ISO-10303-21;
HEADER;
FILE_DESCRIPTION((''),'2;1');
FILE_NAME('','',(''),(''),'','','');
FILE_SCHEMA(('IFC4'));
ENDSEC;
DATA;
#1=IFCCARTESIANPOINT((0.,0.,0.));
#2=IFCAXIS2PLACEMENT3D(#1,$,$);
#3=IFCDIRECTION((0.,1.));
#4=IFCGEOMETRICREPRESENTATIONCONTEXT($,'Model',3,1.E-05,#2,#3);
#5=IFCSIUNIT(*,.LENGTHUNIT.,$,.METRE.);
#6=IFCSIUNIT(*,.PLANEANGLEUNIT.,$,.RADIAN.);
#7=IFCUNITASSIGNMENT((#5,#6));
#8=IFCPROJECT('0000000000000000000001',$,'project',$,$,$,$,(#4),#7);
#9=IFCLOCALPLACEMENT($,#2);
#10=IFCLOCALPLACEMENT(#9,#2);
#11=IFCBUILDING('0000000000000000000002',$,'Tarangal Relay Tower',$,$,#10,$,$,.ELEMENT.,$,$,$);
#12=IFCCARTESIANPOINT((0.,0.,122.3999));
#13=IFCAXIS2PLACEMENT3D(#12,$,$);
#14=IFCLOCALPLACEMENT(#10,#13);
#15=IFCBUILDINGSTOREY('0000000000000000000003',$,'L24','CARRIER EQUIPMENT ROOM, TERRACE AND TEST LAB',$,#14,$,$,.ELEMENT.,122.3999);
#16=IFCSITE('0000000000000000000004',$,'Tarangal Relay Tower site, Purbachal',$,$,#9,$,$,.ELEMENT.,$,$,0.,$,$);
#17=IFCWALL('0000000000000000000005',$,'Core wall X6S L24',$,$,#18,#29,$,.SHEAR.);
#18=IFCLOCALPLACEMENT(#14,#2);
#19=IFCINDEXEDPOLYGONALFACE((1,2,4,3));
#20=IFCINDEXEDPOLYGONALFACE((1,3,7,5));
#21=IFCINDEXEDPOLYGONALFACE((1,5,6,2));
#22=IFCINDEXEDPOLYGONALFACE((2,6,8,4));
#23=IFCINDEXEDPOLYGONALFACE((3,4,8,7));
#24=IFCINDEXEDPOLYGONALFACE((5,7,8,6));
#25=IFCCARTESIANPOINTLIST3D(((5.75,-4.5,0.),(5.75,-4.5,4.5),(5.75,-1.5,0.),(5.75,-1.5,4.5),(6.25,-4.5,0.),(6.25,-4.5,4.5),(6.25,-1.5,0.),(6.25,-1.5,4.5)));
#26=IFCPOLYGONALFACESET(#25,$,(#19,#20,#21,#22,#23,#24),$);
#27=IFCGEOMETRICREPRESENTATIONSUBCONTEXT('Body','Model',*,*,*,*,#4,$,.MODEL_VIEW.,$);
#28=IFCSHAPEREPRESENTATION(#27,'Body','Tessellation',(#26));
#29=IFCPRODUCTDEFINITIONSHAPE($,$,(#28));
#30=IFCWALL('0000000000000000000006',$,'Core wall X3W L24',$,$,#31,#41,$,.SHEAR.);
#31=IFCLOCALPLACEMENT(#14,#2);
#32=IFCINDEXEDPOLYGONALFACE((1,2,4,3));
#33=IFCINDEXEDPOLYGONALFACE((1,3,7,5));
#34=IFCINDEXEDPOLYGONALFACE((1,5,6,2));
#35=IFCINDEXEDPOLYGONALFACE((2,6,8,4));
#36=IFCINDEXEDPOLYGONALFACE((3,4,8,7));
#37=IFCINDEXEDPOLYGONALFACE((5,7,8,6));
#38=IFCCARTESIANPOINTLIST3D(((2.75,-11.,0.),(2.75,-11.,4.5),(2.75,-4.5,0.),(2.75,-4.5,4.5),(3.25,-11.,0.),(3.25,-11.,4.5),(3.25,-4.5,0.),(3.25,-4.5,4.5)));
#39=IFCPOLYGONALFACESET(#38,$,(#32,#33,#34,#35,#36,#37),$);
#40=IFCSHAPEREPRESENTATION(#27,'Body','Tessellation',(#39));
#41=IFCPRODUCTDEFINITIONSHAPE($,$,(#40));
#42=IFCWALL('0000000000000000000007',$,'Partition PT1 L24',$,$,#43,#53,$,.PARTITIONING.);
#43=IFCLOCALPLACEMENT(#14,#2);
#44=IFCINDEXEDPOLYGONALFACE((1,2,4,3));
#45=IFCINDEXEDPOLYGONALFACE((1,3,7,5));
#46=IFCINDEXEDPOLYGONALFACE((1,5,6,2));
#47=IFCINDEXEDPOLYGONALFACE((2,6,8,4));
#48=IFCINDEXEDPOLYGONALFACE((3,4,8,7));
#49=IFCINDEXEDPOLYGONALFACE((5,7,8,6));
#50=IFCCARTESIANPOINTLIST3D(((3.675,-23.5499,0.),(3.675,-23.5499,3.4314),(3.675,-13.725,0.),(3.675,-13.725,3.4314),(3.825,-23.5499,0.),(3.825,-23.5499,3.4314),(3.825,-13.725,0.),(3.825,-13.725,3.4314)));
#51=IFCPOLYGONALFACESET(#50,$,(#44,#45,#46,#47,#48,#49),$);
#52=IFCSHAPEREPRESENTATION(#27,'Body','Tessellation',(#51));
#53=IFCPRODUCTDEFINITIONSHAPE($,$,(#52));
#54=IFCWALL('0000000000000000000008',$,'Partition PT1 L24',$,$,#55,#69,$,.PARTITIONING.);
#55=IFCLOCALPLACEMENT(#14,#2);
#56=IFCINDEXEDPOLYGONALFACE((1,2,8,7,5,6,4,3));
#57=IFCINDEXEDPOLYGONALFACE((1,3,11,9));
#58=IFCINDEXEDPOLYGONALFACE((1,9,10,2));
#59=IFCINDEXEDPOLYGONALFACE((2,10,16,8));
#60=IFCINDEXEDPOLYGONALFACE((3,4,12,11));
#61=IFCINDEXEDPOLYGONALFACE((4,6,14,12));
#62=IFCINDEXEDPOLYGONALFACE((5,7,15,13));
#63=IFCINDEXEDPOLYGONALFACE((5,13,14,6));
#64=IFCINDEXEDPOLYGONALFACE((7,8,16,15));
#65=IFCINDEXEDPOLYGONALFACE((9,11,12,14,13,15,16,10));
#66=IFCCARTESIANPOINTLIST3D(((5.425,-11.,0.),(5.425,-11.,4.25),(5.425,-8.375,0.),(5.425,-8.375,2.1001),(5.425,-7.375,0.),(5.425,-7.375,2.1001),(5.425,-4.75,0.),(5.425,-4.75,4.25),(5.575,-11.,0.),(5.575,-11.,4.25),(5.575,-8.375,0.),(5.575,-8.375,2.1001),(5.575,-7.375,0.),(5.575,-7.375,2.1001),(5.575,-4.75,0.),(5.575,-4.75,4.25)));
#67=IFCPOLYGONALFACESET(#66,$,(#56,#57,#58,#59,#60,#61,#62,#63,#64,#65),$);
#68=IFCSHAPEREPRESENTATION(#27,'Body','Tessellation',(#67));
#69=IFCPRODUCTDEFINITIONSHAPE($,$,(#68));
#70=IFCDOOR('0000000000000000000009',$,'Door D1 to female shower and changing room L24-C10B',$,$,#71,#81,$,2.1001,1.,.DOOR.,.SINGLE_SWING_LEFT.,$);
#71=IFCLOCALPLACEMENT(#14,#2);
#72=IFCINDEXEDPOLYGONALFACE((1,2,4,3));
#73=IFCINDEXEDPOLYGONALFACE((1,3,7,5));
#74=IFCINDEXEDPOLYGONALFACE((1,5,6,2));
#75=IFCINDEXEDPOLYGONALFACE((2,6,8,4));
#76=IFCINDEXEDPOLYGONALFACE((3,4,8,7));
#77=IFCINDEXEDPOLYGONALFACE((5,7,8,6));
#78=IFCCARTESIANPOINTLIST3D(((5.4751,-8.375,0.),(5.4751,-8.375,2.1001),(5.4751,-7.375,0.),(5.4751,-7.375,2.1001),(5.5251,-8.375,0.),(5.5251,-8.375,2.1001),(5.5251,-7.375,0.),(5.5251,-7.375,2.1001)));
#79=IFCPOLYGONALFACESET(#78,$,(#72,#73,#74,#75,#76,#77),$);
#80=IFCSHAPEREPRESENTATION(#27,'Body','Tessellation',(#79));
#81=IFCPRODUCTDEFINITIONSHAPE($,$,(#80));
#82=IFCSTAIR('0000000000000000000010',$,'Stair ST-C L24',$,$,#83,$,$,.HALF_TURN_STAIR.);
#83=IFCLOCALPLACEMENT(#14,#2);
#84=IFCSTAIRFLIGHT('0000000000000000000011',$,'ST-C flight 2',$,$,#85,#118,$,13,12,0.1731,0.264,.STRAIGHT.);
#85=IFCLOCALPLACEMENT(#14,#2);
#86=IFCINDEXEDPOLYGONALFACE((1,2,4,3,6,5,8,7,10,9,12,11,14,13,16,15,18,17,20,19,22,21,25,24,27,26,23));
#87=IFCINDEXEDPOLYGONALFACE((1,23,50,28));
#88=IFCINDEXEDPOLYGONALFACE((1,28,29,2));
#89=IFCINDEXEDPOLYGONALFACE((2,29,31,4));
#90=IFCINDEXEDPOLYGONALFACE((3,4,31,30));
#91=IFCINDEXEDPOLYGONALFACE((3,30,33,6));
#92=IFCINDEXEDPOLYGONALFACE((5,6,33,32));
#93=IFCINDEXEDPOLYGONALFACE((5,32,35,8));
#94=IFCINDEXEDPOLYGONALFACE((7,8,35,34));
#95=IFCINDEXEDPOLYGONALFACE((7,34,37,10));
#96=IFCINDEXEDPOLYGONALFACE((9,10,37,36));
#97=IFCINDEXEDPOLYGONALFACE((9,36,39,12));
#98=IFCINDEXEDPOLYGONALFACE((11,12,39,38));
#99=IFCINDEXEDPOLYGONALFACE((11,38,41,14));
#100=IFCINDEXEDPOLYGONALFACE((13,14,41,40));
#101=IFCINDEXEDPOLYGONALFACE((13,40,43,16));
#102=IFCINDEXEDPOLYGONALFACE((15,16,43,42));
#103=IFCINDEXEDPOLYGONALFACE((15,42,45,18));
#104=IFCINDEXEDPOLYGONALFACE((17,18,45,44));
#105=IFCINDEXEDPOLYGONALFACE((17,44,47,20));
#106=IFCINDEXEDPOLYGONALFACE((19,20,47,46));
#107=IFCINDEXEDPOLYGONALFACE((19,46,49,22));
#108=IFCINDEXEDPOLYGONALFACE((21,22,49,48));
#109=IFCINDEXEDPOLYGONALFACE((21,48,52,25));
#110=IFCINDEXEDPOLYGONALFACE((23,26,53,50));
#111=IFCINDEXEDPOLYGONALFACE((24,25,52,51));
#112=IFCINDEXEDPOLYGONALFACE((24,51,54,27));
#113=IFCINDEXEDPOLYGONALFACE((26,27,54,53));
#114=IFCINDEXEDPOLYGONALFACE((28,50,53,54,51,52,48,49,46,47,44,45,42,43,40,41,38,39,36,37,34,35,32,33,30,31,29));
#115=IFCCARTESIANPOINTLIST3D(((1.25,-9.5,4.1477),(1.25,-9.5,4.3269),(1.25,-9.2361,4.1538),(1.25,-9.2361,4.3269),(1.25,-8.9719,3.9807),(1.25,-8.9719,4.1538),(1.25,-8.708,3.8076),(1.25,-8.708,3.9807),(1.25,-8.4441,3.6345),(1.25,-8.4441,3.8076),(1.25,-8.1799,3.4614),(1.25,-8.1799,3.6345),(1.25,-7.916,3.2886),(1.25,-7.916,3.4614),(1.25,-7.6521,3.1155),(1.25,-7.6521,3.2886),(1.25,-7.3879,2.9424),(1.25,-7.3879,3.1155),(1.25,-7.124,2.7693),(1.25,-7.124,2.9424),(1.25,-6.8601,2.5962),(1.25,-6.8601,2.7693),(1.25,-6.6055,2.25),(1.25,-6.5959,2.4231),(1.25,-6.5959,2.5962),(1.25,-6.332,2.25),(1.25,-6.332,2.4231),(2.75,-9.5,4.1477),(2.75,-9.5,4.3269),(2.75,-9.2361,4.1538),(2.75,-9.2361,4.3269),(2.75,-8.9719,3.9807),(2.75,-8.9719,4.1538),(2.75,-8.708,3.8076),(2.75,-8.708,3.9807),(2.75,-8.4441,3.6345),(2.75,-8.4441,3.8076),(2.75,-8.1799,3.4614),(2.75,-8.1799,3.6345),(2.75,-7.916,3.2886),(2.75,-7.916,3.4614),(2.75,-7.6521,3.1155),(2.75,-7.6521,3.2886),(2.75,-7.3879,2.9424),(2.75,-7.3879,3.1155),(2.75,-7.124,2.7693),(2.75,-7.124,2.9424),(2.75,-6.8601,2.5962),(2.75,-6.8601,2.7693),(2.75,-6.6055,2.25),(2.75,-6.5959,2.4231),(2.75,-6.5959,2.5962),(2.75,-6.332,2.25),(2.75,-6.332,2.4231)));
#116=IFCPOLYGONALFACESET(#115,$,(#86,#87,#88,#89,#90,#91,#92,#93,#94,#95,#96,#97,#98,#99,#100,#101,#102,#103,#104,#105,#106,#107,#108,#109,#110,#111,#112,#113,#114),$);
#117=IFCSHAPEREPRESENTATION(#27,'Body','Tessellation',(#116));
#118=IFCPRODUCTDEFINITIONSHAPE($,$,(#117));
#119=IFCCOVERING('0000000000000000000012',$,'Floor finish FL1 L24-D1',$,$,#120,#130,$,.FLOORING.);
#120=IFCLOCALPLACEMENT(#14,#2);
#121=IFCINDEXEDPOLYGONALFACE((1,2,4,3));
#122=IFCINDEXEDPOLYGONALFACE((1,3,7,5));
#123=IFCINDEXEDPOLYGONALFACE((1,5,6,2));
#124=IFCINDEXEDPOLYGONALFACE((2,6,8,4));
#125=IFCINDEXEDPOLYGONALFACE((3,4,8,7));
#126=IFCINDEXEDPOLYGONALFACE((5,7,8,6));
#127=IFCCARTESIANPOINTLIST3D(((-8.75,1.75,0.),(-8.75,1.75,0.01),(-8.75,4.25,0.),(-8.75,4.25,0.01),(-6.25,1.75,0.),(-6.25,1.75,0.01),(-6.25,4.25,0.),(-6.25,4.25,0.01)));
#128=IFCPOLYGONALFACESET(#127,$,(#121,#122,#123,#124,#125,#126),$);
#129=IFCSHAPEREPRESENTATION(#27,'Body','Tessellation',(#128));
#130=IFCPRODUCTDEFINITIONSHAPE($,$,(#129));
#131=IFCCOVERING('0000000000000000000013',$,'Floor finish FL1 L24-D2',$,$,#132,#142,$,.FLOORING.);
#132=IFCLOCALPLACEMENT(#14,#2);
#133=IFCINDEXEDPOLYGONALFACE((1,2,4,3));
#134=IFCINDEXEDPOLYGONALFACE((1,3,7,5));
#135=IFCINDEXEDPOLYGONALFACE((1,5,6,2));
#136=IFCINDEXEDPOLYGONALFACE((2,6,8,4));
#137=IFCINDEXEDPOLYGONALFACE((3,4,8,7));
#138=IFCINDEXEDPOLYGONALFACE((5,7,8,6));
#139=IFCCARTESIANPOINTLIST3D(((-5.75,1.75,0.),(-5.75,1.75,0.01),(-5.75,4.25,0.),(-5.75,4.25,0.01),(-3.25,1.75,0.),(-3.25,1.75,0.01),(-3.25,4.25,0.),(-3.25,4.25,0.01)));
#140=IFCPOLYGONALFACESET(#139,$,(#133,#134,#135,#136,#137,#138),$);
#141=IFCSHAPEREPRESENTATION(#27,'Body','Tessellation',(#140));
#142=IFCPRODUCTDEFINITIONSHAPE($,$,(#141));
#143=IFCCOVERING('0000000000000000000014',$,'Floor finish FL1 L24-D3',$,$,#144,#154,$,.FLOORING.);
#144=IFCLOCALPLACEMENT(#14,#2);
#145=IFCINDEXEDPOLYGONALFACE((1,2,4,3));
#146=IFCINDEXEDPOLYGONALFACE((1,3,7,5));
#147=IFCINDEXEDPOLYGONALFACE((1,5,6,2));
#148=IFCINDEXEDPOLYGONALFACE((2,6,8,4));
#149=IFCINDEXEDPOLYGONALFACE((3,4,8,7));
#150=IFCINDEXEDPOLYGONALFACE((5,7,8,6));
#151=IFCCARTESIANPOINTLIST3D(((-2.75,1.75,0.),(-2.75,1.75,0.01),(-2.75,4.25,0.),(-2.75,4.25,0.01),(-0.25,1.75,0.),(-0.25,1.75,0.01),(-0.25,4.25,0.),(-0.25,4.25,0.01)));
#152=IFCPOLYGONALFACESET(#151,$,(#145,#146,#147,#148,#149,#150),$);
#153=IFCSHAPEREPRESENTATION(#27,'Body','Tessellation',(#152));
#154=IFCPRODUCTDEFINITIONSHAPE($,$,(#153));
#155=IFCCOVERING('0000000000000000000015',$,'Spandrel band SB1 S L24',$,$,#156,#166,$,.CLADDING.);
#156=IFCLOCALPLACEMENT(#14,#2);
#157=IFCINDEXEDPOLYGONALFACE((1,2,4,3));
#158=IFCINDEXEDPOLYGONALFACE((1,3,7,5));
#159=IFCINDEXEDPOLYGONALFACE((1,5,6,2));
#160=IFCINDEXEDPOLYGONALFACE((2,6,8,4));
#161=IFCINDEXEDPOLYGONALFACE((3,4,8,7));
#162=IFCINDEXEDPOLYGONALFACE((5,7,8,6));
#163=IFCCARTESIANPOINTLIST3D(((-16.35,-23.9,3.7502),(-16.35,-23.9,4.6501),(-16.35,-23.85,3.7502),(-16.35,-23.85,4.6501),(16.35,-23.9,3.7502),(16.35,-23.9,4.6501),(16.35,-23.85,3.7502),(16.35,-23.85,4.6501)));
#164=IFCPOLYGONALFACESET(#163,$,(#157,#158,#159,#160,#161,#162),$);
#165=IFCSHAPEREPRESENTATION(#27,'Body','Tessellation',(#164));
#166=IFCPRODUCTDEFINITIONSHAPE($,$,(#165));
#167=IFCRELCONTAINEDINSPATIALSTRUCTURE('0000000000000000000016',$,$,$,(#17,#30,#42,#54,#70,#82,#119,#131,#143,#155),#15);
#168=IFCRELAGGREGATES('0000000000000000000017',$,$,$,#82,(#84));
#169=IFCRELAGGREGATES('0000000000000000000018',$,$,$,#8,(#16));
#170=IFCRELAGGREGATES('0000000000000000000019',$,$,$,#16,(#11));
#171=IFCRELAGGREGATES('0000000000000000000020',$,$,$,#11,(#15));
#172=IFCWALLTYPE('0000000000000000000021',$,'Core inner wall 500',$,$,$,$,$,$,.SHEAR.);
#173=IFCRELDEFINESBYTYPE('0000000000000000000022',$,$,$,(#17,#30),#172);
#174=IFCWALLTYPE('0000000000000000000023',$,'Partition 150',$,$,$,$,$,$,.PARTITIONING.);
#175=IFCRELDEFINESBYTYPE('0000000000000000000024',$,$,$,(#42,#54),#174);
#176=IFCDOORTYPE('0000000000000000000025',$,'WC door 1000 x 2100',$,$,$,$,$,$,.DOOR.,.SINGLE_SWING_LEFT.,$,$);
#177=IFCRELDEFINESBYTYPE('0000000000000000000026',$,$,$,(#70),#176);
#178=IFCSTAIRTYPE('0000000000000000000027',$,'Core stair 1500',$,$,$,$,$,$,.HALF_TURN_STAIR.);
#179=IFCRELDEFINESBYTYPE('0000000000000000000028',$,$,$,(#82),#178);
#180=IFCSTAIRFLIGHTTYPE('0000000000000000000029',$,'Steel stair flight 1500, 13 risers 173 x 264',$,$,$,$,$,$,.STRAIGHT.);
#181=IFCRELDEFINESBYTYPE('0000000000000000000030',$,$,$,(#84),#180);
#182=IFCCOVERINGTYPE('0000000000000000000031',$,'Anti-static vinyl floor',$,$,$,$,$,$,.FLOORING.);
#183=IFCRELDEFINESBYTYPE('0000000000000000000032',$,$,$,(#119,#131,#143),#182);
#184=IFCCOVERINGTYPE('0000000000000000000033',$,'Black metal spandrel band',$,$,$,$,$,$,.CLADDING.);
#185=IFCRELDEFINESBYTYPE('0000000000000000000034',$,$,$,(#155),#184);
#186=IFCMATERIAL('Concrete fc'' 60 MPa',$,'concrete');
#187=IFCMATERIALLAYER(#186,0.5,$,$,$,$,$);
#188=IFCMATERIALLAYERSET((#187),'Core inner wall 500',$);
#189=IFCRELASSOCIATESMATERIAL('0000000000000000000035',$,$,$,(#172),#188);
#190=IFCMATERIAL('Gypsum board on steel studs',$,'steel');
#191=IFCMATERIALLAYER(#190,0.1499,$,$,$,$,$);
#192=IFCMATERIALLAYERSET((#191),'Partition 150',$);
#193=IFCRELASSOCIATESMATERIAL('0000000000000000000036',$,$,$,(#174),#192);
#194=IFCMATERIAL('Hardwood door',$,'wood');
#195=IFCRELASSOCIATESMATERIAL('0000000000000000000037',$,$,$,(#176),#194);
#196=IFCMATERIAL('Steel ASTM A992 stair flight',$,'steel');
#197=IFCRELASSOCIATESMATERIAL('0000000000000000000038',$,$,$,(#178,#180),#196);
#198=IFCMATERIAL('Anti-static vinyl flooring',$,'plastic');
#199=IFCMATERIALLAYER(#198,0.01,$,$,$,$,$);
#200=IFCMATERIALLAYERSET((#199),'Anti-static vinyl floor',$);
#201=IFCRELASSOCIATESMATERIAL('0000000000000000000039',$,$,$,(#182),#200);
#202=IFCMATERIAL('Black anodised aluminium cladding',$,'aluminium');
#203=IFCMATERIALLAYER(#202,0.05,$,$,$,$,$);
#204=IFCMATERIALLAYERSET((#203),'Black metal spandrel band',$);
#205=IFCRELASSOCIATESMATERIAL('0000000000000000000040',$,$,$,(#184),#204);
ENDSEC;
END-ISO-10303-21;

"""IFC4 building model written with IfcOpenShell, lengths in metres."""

from ifc_helpers import new_model, si_unit, direction, frame, frame_2d, origin, origin_2d, place, context, subcontext, project, spatial, polyline, rectangle, outline, extrude, material, layer, layer_set, type_object, element, fill, aggregate, save


model = new_model("IFC4")

# Units and contexts
model_context = context("Model", 3, precision=1e-05, world=origin(), true_north=direction((0.0, 1.0)))
body_context = subcontext(model_context, "Body", "Model", "MODEL_VIEW")
ifc_project = project(units=[si_unit("LENGTHUNIT", "METRE"), si_unit("PLANEANGLEUNIT", "RADIAN")], contexts=[model_context])

# Site, building, storey
site_placement = place(None, origin())
site = spatial("IfcSite", under=ifc_project, at=site_placement, Name="Tarangal Relay Tower site, Purbachal", CompositionType="ELEMENT", RefElevation=0.0)
building_placement = place(site_placement, origin())
building = spatial("IfcBuilding", under=site, at=building_placement, Name="Tarangal Relay Tower", CompositionType="ELEMENT")
storey_placement = place(building_placement, frame((0.0, 0.0, 122.3999)))
storey = spatial("IfcBuildingStorey", under=building, at=storey_placement, Name="L24", Description="CARRIER EQUIPMENT ROOM, TERRACE AND TEST LAB", CompositionType="ELEMENT", Elevation=122.3999)

# Walls
ifc_material_1 = material(Name="Concrete fc' 60 MPa", Category="concrete")
ifc_layer_1 = layer(ifc_material_1, 0.5)
ifc_layer_set_1 = layer_set([ifc_layer_1], Name="Core inner wall 500")
wall_type_1 = type_object("IfcWallType", Name="Core inner wall 500", PredefinedType="SHEAR", material=ifc_layer_set_1)
for number, where, z_axis, x_axis, name in (
    (1, (6.0, -4.5, 0.0), (0.0, 0.0, 1.0), (0.0, 1.0, 0.0), "Core wall X6S L24"),
):
    element("IfcWall", number, at=place(storey_placement, frame(where, z_axis=z_axis, x_axis=x_axis)), inside=storey, type_object=wall_type_1, Name=name, PredefinedType="SHEAR", context=body_context, shape_type="SweptSolid", body=[
        extrude(rectangle(XDim=3.0, YDim=0.5, at=frame_2d((1.5, 0.0))), origin(), (0.0, 0.0, 1.0), 4.5),
    ])
wall_1_placement = place(storey_placement, frame((3.0, -11.0, 0.0), z_axis=(0.0, 0.0, 1.0), x_axis=(0.0, 1.0, 0.0)))
element("IfcWall", 2, at=wall_1_placement, inside=storey, type_object=wall_type_1, Name="Core wall X3W L24", PredefinedType="SHEAR", context=body_context, shape_type="SweptSolid", body=[
    extrude(rectangle(XDim=6.5, YDim=0.5, at=frame_2d((3.25, 0.0))), origin(), (0.0, 0.0, 1.0), 4.5),
])
ifc_material_2 = material(Name="Gypsum board on steel studs", Category="steel")
ifc_layer_2 = layer(ifc_material_2, 0.1499)
ifc_layer_set_2 = layer_set([ifc_layer_2], Name="Partition 150")
wall_type_2 = type_object("IfcWallType", Name="Partition 150", PredefinedType="PARTITIONING", material=ifc_layer_set_2)
wall_2_placement = place(storey_placement, frame((3.75, -23.55, 0.0), z_axis=(0.0, 0.0, 1.0), x_axis=(0.0, 1.0, 0.0)))
element("IfcWall", 3, at=wall_2_placement, inside=storey, type_object=wall_type_2, Name="Partition PT1 L24", PredefinedType="PARTITIONING", context=body_context, shape_type="SweptSolid", body=[
    extrude(rectangle(XDim=9.825, YDim=0.1499, at=frame_2d((4.9126, 0.0))), origin(), (0.0, 0.0, 1.0), 3.4314),
])

# Wall, opening, door
wall_3_placement = place(storey_placement, frame((5.5, -11.0, 0.0), z_axis=(0.0, 0.0, 1.0), x_axis=(0.0, 1.0, 0.0)))
wall_3 = element("IfcWall", 4, at=wall_3_placement, inside=storey, type_object=wall_type_2, Name="Partition PT1 L24", PredefinedType="PARTITIONING", context=body_context, shape_type="SweptSolid", body=[
    extrude(rectangle(XDim=6.25, YDim=0.1499, at=frame_2d((3.125, 0.0))), origin(), (0.0, 0.0, 1.0), 4.25),
])
opening_placement = place(wall_3_placement, frame((2.625, 0.0, 0.0)))
opening = element("IfcOpeningElement", 5, at=opening_placement, cuts=wall_3, PredefinedType="OPENING", context=body_context, shape_type="SweptSolid", body=[
    extrude(rectangle(XDim=1.0, YDim=2.1001, at=frame_2d((0.5, 1.05))), frame((0.0, 0.085, 0.0), z_axis=(0.0, -1.0, 0.0), x_axis=(1.0, 0.0, 0.0)), (0.0, 0.0, 1.0), 0.1699),
])
ifc_material_3 = material(Name="Hardwood door", Category="wood")
door_type = type_object("IfcDoorType", Name="WC door 1000 x 2100", OperationType="SINGLE_SWING_LEFT", PredefinedType="DOOR", material=ifc_material_3)
door_placement = place(opening_placement, origin())
door = element("IfcDoor", 6, at=door_placement, inside=storey, type_object=door_type, Name="Door D1 to female shower and changing room L24-C10B", OperationType="SINGLE_SWING_LEFT", OverallHeight=2.1001, OverallWidth=1.0, PredefinedType="DOOR", context=body_context, shape_type="SweptSolid", body=[
    extrude(rectangle(XDim=1.0, YDim=2.1001, at=frame_2d((0.5, 1.05))), frame((0.0, 0.0249, 0.0), z_axis=(0.0, -1.0, 0.0), x_axis=(1.0, 0.0, 0.0)), (0.0, 0.0, 1.0), 0.05),
])
fill(opening, door)

# Stair, stair flight
ifc_material_4 = material(Name="Steel ASTM A992 stair flight", Category="steel")
stair_type = type_object("IfcStairType", Name="Core stair 1500", PredefinedType="HALF_TURN_STAIR", material=ifc_material_4)
stair_placement = place(storey_placement, origin())
stair = element("IfcStair", 7, at=stair_placement, inside=storey, type_object=stair_type, Name="Stair ST-C L24", PredefinedType="HALF_TURN_STAIR")
stair_flight_type = type_object("IfcStairFlightType", Name="Steel stair flight 1500, 13 risers 173 x 264", PredefinedType="STRAIGHT", material=ifc_material_4)
stair_flight_placement = place(storey_placement, frame((2.0, -6.332, 2.25), z_axis=(0.0, 0.0, 1.0), x_axis=(0.0, -1.0, 0.0)))
stair_flight = element("IfcStairFlight", 8, at=stair_flight_placement, type_object=stair_flight_type, Name="ST-C flight 2", NumberOfRisers=13, NumberOfTreads=12, PredefinedType="STRAIGHT", RiserHeight=0.1731, TreadLength=0.264, context=body_context, shape_type="SweptSolid", body=[
    extrude(outline(polyline([(0.0, 0.0), (0.0, 0.1731), (0.2639, 0.1731), (0.2639, 0.3462), (0.5281, 0.3462), (0.5281, 0.5193), (0.792, 0.5193), (0.792, 0.6924), (1.0559, 0.6924), (1.0559, 0.8655), (1.3201, 0.8655), (1.3201, 1.0386), (1.584, 1.0386), (1.584, 1.2114), (1.8479, 1.2114), (1.8479, 1.3845), (2.1121, 1.3845), (2.1121, 1.5576), (2.376, 1.5576), (2.376, 1.7307), (2.6399, 1.7307), (2.6399, 1.9038), (2.9041, 1.9038), (2.9041, 2.0769), (3.168, 2.0769), (3.168, 2.25), (3.168, 1.8977), (0.2734, 0.0), (0.0, 0.0)])), frame((0.0, 0.75, 0.0), z_axis=(0.0, -1.0, 0.0), x_axis=(1.0, 0.0, 0.0)), (0.0, 0.0, 1.0), 1.5),
])
aggregate(stair, [stair_flight])

# Coverings
ifc_material_5 = material(Name="Anti-static vinyl flooring", Category="plastic")
ifc_layer_3 = layer(ifc_material_5, 0.01)
ifc_layer_set_3 = layer_set([ifc_layer_3], Name="Anti-static vinyl floor")
covering_type_1 = type_object("IfcCoveringType", Name="Anti-static vinyl floor", PredefinedType="FLOORING", material=ifc_layer_set_3)
covering_1_placement = place(storey_placement, origin())
element("IfcCovering", 9, at=covering_1_placement, inside=storey, type_object=covering_type_1, Name="Floor finish FL1 L24-D1", PredefinedType="FLOORING", context=body_context, shape_type="SweptSolid", body=[
    extrude(outline(polyline([(-8.75, 1.75), (-6.25, 1.75), (-6.25, 4.25), (-8.75, 4.25), (-8.75, 1.75)])), origin(), (0.0, 0.0, 1.0), 0.01),
])
covering_2_placement = place(storey_placement, origin())
element("IfcCovering", 10, at=covering_2_placement, inside=storey, type_object=covering_type_1, Name="Floor finish FL1 L24-D2", PredefinedType="FLOORING", context=body_context, shape_type="SweptSolid", body=[
    extrude(outline(polyline([(-5.75, 1.75), (-3.25, 1.75), (-3.25, 4.25), (-5.75, 4.25), (-5.75, 1.75)])), origin(), (0.0, 0.0, 1.0), 0.01),
])
covering_3_placement = place(storey_placement, origin())
element("IfcCovering", 11, at=covering_3_placement, inside=storey, type_object=covering_type_1, Name="Floor finish FL1 L24-D3", PredefinedType="FLOORING", context=body_context, shape_type="SweptSolid", body=[
    extrude(outline(polyline([(-2.75, 1.75), (-0.25, 1.75), (-0.25, 4.25), (-2.75, 4.25), (-2.75, 1.75)])), origin(), (0.0, 0.0, 1.0), 0.01),
])
ifc_material_6 = material(Name="Black anodised aluminium cladding", Category="aluminium")
ifc_layer_4 = layer(ifc_material_6, 0.05)
ifc_layer_set_4 = layer_set([ifc_layer_4], Name="Black metal spandrel band")
covering_type_2 = type_object("IfcCoveringType", Name="Black metal spandrel band", PredefinedType="CLADDING", material=ifc_layer_set_4)
covering_4_placement = place(storey_placement, frame((0.0, -23.875, 3.7502), z_axis=(0.0, 0.0, 1.0), x_axis=(-1.0, 0.0, 0.0)))
element("IfcCovering", 12, at=covering_4_placement, inside=storey, type_object=covering_type_2, Name="Spandrel band SB1 S L24", PredefinedType="CLADDING", context=body_context, shape_type="SweptSolid", body=[
    extrude(rectangle(XDim=32.7, YDim=0.05, at=origin_2d()), origin(), (0.0, 0.0, 1.0), 0.8999),
])

save(model, "model.ifc")
